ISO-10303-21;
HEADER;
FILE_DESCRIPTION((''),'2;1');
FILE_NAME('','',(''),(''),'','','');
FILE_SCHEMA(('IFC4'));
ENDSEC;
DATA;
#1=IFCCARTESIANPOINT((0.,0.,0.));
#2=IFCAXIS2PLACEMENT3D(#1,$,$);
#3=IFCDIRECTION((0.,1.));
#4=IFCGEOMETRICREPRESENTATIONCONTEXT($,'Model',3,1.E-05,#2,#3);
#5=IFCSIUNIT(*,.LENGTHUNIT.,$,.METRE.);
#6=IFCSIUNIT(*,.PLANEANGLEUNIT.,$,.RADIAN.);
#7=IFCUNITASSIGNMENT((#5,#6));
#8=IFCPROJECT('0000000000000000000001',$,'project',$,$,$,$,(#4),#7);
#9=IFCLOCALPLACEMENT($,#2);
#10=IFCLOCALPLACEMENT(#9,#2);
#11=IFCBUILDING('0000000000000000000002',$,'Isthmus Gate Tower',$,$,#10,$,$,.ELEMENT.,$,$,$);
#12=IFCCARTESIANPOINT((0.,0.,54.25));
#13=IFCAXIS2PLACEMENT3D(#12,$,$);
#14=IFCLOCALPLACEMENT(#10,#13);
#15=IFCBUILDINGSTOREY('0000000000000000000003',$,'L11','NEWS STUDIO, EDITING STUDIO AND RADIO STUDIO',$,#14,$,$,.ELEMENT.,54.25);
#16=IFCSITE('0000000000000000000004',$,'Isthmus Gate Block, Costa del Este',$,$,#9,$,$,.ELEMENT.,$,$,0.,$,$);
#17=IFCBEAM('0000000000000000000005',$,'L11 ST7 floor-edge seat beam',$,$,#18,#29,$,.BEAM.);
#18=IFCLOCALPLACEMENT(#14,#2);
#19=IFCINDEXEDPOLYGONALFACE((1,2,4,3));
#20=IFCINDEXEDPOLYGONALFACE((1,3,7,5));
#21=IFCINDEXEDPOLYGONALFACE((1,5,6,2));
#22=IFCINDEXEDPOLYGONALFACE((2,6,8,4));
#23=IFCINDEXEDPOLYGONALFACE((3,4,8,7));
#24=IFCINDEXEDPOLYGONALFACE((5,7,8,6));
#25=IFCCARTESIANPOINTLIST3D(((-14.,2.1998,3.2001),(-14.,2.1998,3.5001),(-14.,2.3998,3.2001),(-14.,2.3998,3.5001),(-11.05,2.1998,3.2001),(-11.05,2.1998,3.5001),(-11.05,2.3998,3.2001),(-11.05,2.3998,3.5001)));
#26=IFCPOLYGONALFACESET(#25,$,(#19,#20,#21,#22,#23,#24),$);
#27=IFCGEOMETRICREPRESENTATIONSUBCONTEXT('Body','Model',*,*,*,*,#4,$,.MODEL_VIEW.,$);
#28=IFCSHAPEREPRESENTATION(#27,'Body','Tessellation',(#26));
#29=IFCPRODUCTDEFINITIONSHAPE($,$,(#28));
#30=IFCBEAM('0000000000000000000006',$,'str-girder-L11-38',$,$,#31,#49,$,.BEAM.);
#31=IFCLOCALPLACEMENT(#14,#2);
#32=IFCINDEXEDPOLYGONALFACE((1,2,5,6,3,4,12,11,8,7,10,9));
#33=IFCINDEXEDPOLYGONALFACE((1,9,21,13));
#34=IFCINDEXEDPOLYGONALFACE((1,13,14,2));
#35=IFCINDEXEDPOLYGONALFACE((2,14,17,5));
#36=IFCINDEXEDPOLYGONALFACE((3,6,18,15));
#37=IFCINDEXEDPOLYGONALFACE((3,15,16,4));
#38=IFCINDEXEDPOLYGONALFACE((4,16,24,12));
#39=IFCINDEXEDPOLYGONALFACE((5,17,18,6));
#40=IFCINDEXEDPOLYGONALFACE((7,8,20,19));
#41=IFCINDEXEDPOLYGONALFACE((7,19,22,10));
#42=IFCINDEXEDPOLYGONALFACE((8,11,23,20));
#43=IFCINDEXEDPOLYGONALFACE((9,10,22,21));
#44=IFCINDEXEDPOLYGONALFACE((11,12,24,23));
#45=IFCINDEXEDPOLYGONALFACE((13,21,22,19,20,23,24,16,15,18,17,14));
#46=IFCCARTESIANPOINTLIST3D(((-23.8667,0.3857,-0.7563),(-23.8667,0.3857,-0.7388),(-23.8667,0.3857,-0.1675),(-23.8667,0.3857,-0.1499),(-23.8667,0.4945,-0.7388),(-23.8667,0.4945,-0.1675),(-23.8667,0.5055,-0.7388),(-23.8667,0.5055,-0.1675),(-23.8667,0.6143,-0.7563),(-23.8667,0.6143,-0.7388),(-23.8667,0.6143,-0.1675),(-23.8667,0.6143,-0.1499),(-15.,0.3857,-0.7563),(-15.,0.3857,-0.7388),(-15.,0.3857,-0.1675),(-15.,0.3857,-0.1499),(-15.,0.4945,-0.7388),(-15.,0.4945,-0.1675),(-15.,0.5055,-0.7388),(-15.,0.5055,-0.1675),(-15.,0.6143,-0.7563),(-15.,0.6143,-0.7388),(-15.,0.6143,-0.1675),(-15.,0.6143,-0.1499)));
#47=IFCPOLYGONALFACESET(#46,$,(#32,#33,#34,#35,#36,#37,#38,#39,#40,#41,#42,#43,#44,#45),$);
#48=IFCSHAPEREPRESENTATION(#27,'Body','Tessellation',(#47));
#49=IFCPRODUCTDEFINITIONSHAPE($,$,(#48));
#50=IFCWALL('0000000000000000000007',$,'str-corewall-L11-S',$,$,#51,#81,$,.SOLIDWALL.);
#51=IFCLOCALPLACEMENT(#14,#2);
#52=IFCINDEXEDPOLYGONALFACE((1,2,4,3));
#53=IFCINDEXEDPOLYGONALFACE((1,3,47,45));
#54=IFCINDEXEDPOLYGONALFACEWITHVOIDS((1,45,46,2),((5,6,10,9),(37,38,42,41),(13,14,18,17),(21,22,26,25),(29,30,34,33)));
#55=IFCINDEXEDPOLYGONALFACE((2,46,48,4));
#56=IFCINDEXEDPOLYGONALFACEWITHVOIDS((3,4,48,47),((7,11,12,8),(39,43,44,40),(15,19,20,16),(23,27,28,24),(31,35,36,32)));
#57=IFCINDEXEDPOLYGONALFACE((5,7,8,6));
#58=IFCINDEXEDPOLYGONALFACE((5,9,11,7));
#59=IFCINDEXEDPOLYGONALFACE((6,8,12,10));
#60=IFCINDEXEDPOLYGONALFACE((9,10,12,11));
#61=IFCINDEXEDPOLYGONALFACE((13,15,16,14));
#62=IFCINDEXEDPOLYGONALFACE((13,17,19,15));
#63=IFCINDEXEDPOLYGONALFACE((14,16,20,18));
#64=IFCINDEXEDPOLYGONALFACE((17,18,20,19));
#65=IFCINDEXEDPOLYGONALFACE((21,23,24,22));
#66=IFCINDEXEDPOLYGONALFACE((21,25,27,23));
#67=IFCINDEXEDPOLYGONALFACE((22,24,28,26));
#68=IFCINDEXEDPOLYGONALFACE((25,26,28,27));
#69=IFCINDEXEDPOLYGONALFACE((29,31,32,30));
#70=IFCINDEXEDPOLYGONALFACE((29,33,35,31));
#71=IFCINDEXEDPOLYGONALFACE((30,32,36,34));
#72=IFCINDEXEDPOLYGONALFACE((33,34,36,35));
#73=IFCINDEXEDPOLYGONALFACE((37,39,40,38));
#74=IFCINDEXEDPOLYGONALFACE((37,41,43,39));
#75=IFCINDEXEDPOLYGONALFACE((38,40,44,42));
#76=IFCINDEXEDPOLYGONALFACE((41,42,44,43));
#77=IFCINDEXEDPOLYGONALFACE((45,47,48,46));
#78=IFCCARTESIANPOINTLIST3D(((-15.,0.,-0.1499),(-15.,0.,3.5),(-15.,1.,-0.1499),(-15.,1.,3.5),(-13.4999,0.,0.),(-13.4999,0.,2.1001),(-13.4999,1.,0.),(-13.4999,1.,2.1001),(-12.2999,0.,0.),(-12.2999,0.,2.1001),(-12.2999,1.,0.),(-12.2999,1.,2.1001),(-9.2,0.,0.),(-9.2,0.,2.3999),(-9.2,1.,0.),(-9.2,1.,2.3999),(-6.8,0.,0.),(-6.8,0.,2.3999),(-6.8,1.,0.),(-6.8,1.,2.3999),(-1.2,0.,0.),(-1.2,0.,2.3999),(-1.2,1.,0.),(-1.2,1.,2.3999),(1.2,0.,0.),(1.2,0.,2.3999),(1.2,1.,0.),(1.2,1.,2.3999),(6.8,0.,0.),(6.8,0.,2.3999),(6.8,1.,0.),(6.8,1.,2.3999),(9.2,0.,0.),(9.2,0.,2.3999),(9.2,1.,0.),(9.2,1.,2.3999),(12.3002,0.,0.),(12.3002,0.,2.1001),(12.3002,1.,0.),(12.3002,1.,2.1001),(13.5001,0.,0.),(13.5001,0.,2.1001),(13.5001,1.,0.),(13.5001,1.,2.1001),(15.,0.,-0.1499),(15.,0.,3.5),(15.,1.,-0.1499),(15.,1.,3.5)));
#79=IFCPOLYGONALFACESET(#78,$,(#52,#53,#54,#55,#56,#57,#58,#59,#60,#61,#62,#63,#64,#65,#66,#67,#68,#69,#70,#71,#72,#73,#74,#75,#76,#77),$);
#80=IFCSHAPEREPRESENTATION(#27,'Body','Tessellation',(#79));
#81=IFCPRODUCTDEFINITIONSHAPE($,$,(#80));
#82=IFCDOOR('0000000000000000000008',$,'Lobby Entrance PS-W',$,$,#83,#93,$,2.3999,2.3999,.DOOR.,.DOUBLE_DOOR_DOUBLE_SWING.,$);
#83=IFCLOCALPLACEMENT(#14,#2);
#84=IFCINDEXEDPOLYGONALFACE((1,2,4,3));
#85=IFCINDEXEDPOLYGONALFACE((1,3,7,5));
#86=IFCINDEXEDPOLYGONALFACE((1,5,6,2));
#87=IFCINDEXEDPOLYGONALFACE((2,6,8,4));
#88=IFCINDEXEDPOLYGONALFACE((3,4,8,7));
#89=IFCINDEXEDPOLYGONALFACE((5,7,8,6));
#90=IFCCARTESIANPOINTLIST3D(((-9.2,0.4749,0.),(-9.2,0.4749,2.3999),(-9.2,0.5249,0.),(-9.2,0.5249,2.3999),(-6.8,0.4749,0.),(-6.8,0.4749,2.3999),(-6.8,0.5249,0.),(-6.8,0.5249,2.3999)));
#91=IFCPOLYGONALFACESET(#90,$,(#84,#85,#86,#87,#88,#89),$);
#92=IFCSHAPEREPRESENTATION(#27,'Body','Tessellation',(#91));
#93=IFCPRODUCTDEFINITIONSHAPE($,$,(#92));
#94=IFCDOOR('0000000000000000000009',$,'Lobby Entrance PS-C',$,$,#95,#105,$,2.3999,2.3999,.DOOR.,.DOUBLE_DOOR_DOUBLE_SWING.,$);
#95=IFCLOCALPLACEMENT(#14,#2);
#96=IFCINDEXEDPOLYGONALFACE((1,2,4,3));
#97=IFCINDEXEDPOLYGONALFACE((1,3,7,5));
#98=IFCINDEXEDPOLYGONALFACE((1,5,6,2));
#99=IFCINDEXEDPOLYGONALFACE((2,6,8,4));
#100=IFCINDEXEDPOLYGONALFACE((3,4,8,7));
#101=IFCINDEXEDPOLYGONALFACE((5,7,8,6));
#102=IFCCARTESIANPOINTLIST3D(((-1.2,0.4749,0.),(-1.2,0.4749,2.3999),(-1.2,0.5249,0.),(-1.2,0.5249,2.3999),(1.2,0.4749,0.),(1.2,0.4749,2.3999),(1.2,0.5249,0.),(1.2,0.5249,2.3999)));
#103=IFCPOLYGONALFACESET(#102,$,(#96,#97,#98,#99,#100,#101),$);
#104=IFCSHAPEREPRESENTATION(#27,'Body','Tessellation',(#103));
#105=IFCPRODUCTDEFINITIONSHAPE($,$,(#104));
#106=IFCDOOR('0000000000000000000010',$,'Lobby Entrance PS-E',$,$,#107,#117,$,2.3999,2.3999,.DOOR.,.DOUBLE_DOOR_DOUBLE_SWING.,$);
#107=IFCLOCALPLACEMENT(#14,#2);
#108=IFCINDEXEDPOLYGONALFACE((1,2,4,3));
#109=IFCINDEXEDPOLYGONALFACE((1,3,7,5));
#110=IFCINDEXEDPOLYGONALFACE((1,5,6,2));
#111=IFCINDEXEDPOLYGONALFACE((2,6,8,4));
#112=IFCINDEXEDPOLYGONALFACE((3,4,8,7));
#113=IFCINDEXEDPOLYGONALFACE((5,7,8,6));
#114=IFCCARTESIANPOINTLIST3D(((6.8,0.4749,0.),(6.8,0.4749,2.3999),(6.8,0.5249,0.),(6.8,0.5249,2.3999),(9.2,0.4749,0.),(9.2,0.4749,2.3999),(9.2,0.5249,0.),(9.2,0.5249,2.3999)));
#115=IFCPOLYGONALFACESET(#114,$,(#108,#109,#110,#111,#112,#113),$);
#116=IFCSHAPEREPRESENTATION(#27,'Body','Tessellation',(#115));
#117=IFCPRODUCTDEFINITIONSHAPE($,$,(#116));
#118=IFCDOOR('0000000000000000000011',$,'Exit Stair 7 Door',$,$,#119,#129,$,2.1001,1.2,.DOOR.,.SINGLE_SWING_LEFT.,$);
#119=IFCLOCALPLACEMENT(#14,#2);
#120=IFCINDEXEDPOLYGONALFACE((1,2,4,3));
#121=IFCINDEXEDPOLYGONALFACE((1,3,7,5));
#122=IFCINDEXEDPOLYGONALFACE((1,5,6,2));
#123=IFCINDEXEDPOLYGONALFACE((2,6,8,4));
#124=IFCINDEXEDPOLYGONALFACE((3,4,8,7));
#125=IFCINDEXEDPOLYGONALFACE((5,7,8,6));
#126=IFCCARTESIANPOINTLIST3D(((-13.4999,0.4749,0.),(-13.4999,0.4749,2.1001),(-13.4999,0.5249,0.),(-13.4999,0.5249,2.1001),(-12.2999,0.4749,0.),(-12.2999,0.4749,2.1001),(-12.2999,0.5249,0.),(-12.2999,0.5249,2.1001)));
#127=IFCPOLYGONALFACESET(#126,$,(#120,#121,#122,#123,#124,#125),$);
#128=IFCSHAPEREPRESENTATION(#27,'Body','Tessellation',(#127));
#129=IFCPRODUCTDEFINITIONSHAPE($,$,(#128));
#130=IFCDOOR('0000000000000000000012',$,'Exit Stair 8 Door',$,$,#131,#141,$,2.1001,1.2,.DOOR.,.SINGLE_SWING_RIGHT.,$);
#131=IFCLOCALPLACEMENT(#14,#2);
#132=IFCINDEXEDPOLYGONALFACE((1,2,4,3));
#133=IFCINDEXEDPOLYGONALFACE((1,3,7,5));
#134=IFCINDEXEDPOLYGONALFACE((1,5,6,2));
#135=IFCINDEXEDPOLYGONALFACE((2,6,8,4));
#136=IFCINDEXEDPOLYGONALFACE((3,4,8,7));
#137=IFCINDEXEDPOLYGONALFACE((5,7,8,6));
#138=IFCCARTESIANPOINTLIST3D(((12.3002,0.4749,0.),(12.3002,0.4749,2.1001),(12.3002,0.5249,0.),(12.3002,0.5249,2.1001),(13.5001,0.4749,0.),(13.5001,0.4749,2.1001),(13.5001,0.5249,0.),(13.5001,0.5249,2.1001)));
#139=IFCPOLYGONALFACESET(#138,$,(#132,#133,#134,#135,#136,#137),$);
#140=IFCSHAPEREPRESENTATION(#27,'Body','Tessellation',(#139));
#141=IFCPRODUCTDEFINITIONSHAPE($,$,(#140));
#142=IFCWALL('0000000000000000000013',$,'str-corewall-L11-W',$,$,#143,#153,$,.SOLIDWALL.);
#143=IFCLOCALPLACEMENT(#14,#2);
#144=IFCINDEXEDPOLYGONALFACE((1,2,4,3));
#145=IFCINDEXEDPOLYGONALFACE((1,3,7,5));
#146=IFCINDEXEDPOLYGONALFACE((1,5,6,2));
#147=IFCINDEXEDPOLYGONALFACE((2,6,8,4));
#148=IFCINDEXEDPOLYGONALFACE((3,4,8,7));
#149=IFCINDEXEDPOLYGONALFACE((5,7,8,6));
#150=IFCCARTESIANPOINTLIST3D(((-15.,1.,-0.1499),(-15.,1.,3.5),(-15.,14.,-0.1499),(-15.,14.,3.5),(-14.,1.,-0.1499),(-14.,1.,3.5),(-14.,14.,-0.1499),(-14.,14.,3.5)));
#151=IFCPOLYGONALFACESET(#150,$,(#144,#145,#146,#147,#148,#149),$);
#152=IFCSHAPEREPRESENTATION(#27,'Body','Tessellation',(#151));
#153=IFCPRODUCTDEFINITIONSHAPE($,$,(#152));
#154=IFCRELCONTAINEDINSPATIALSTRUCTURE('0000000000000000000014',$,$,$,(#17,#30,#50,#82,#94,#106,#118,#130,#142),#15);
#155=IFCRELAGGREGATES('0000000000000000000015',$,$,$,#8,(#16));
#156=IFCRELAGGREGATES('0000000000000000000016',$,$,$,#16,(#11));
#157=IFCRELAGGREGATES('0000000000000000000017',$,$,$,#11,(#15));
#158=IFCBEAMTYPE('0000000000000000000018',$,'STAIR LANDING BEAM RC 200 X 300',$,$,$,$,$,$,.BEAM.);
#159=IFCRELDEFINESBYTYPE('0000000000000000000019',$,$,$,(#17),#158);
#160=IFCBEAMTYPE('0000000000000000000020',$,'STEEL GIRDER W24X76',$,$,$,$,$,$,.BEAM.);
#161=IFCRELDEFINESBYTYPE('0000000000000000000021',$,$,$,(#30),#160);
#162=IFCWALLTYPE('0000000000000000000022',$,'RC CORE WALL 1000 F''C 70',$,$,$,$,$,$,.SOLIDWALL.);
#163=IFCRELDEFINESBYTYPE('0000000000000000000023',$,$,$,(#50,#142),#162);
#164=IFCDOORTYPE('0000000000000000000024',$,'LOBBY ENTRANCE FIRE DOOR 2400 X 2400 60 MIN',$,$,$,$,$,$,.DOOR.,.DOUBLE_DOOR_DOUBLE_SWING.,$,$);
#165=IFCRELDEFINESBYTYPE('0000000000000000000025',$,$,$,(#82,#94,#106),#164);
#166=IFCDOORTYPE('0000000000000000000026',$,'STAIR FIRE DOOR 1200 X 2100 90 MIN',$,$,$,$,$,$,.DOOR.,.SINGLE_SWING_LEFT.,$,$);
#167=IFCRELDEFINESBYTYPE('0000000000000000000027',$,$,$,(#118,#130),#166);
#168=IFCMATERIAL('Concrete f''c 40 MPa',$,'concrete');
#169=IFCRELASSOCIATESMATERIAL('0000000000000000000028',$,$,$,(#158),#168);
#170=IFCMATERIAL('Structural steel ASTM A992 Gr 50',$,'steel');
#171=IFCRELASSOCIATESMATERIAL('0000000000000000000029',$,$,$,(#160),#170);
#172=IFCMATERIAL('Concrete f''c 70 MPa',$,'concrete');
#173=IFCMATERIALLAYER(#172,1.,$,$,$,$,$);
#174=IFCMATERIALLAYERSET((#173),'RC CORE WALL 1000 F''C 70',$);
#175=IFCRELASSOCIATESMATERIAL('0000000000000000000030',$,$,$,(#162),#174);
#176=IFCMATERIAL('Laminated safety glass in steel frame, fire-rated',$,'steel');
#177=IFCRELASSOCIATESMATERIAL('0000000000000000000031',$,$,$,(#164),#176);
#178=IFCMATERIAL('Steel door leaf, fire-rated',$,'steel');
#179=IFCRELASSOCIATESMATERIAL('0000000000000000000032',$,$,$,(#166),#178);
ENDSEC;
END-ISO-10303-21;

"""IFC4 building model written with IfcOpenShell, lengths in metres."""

from ifc_helpers import new_model, si_unit, direction, frame, frame_2d, origin, origin_2d, place, context, subcontext, project, spatial, rectangle, i_section, extrude, material, layer, layer_set, material_profile, profile_set, type_object, element, fill, save


model = new_model("IFC4")

# Units and contexts
model_context = context("Model", 3, precision=1e-05, world=origin(), true_north=direction((0.0, 1.0)))
body_context = subcontext(model_context, "Body", "Model", "MODEL_VIEW")
ifc_project = project(units=[si_unit("LENGTHUNIT", "METRE"), si_unit("PLANEANGLEUNIT", "RADIAN")], contexts=[model_context])

# Site, building, storey
site_placement = place(None, origin())
site = spatial("IfcSite", under=ifc_project, at=site_placement, Name="Isthmus Gate Block, Costa del Este", CompositionType="ELEMENT", RefElevation=0.0)
building_placement = place(site_placement, origin())
building = spatial("IfcBuilding", under=site, at=building_placement, Name="Isthmus Gate Tower", CompositionType="ELEMENT")
storey_placement = place(building_placement, frame((0.0, 0.0, 54.25)))
storey = spatial("IfcBuildingStorey", under=building, at=storey_placement, Name="L11", Description="NEWS STUDIO, EDITING STUDIO AND RADIO STUDIO", CompositionType="ELEMENT", Elevation=54.25)

# Beams
ifc_material_1 = material(Name="Concrete f'c 40 MPa", Category="concrete")
ifc_material_profile_1 = material_profile(ifc_material_1, rectangle(XDim=0.2, YDim=0.3, at=origin_2d()), Name="STAIR LANDING BEAM RC 200 X 300")
ifc_profile_set_1 = profile_set([ifc_material_profile_1], Name="Concrete f'c 40 MPa")
beam_type_1 = type_object("IfcBeamType", Name="STAIR LANDING BEAM RC 200 X 300", PredefinedType="BEAM", material=ifc_profile_set_1)
beam_1_placement = place(storey_placement, frame((-14.0, 2.2998, 3.3501), z_axis=(1.0, 0.0, 0.0), x_axis=(0.0, 1.0, 0.0)))
element("IfcBeam", 1, at=beam_1_placement, inside=storey, type_object=beam_type_1, Name="L11 ST7 floor-edge seat beam", PredefinedType="BEAM", context=body_context, shape_type="SweptSolid", body=[
    extrude(rectangle(XDim=0.2, YDim=0.3, at=origin_2d()), origin(), (0.0, 0.0, 1.0), 2.95),
])
ifc_material_2 = material(Name="Structural steel ASTM A992 Gr 50", Category="steel")
ifc_material_profile_2 = material_profile(ifc_material_2, i_section(OverallWidth=0.2285, OverallDepth=0.6064, WebThickness=0.011, FlangeThickness=0.0176, at=origin_2d()), Name="W24X76")
ifc_profile_set_2 = profile_set([ifc_material_profile_2], Name="Structural steel ASTM A992 Gr 50")
beam_type_2 = type_object("IfcBeamType", Name="STEEL GIRDER W24X76", PredefinedType="BEAM", material=ifc_profile_set_2)
beam_2_placement = place(storey_placement, frame((-15.0, 0.5, -0.4531), z_axis=(-1.0, 0.0, 0.0), x_axis=(0.0, -1.0, 0.0)))
element("IfcBeam", 2, at=beam_2_placement, inside=storey, type_object=beam_type_2, Name="str-girder-L11-38", PredefinedType="BEAM", context=body_context, shape_type="SweptSolid", body=[
    extrude(i_section(OverallWidth=0.2285, OverallDepth=0.6064, WebThickness=0.011, FlangeThickness=0.0176, at=origin_2d()), origin(), (0.0, 0.0, 1.0), 8.8667),
])

# Wall, openings, doors
ifc_material_3 = material(Name="Concrete f'c 70 MPa", Category="concrete")
ifc_layer = layer(ifc_material_3, 1.0)
ifc_layer_set = layer_set([ifc_layer], Name="RC CORE WALL 1000 F'C 70")
wall_type = type_object("IfcWallType", Name="RC CORE WALL 1000 F'C 70", PredefinedType="SOLIDWALL", material=ifc_layer_set)
wall_1_placement = place(storey_placement, frame((-15.0, 0.5, -0.1499), z_axis=(0.0, 0.0, 1.0), x_axis=(1.0, 0.0, 0.0)))
wall_1 = element("IfcWall", 3, at=wall_1_placement, inside=storey, type_object=wall_type, Name="str-corewall-L11-S", PredefinedType="SOLIDWALL", context=body_context, shape_type="SweptSolid", body=[
    extrude(rectangle(XDim=30.0, YDim=1.0, at=frame_2d((15.0, 0.0))), origin(), (0.0, 0.0, 1.0), 3.6499),
])
opening_1_placement = place(wall_1_placement, frame((5.8, 0.0, 0.1499)))
opening_1 = element("IfcOpeningElement", 4, at=opening_1_placement, cuts=wall_1, PredefinedType="OPENING", context=body_context, shape_type="SweptSolid", body=[
    extrude(rectangle(XDim=2.3999, YDim=2.3999, at=frame_2d((1.2, 1.2))), frame((0.0, 0.51, 0.0), z_axis=(0.0, -1.0, 0.0), x_axis=(1.0, 0.0, 0.0)), (0.0, 0.0, 1.0), 1.02),
])
opening_2_placement = place(wall_1_placement, frame((13.8, 0.0, 0.1499)))
opening_2 = element("IfcOpeningElement", 5, at=opening_2_placement, cuts=wall_1, PredefinedType="OPENING", context=body_context, shape_type="SweptSolid", body=[
    extrude(rectangle(XDim=2.3999, YDim=2.3999, at=frame_2d((1.2, 1.2))), frame((0.0, 0.51, 0.0), z_axis=(0.0, -1.0, 0.0), x_axis=(1.0, 0.0, 0.0)), (0.0, 0.0, 1.0), 1.02),
])
opening_3_placement = place(wall_1_placement, frame((21.8, 0.0, 0.1499)))
opening_3 = element("IfcOpeningElement", 6, at=opening_3_placement, cuts=wall_1, PredefinedType="OPENING", context=body_context, shape_type="SweptSolid", body=[
    extrude(rectangle(XDim=2.3999, YDim=2.3999, at=frame_2d((1.2, 1.2))), frame((0.0, 0.51, 0.0), z_axis=(0.0, -1.0, 0.0), x_axis=(1.0, 0.0, 0.0)), (0.0, 0.0, 1.0), 1.02),
])
opening_4_placement = place(wall_1_placement, frame((1.5, 0.0, 0.1499)))
opening_4 = element("IfcOpeningElement", 7, at=opening_4_placement, cuts=wall_1, PredefinedType="OPENING", context=body_context, shape_type="SweptSolid", body=[
    extrude(rectangle(XDim=1.2, YDim=2.1001, at=frame_2d((0.6001, 1.05))), frame((0.0, 0.51, 0.0), z_axis=(0.0, -1.0, 0.0), x_axis=(1.0, 0.0, 0.0)), (0.0, 0.0, 1.0), 1.02),
])
opening_5_placement = place(wall_1_placement, frame((27.3, 0.0, 0.1499)))
opening_5 = element("IfcOpeningElement", 8, at=opening_5_placement, cuts=wall_1, PredefinedType="OPENING", context=body_context, shape_type="SweptSolid", body=[
    extrude(rectangle(XDim=1.2, YDim=2.1001, at=frame_2d((0.6001, 1.05))), frame((0.0, 0.51, 0.0), z_axis=(0.0, -1.0, 0.0), x_axis=(1.0, 0.0, 0.0)), (0.0, 0.0, 1.0), 1.02),
])
ifc_material_4 = material(Name="Laminated safety glass in steel frame, fire-rated", Category="steel")
door_type_1 = type_object("IfcDoorType", Name="LOBBY ENTRANCE FIRE DOOR 2400 X 2400 60 MIN", OperationType="DOUBLE_DOOR_DOUBLE_SWING", PredefinedType="DOOR", material=ifc_material_4)
door_1_placement = place(opening_1_placement, origin())
door_1 = element("IfcDoor", 9, at=door_1_placement, inside=storey, type_object=door_type_1, Name="Lobby Entrance PS-W", OperationType="DOUBLE_DOOR_DOUBLE_SWING", OverallHeight=2.3999, OverallWidth=2.3999, PredefinedType="DOOR", context=body_context, shape_type="SweptSolid", body=[
    extrude(rectangle(XDim=2.3999, YDim=2.3999, at=frame_2d((1.2, 1.2))), frame((0.0, 0.0249, 0.0), z_axis=(0.0, -1.0, 0.0), x_axis=(1.0, 0.0, 0.0)), (0.0, 0.0, 1.0), 0.05),
])
fill(opening_1, door_1)
door_2_placement = place(opening_2_placement, origin())
door_2 = element("IfcDoor", 10, at=door_2_placement, inside=storey, type_object=door_type_1, Name="Lobby Entrance PS-C", OperationType="DOUBLE_DOOR_DOUBLE_SWING", OverallHeight=2.3999, OverallWidth=2.3999, PredefinedType="DOOR", context=body_context, shape_type="SweptSolid", body=[
    extrude(rectangle(XDim=2.3999, YDim=2.3999, at=frame_2d((1.2, 1.2))), frame((0.0, 0.0249, 0.0), z_axis=(0.0, -1.0, 0.0), x_axis=(1.0, 0.0, 0.0)), (0.0, 0.0, 1.0), 0.05),
])
fill(opening_2, door_2)
door_3_placement = place(opening_3_placement, origin())
door_3 = element("IfcDoor", 11, at=door_3_placement, inside=storey, type_object=door_type_1, Name="Lobby Entrance PS-E", OperationType="DOUBLE_DOOR_DOUBLE_SWING", OverallHeight=2.3999, OverallWidth=2.3999, PredefinedType="DOOR", context=body_context, shape_type="SweptSolid", body=[
    extrude(rectangle(XDim=2.3999, YDim=2.3999, at=frame_2d((1.2, 1.2))), frame((0.0, 0.0249, 0.0), z_axis=(0.0, -1.0, 0.0), x_axis=(1.0, 0.0, 0.0)), (0.0, 0.0, 1.0), 0.05),
])
fill(opening_3, door_3)
ifc_material_5 = material(Name="Steel door leaf, fire-rated", Category="steel")
door_type_2 = type_object("IfcDoorType", Name="STAIR FIRE DOOR 1200 X 2100 90 MIN", OperationType="SINGLE_SWING_LEFT", PredefinedType="DOOR", material=ifc_material_5)
door_4_placement = place(opening_4_placement, origin())
door_4 = element("IfcDoor", 12, at=door_4_placement, inside=storey, type_object=door_type_2, Name="Exit Stair 7 Door", OperationType="SINGLE_SWING_LEFT", OverallHeight=2.1001, OverallWidth=1.2, PredefinedType="DOOR", context=body_context, shape_type="SweptSolid", body=[
    extrude(rectangle(XDim=1.2, YDim=2.1001, at=frame_2d((0.6001, 1.05))), frame((0.0, 0.0249, 0.0), z_axis=(0.0, -1.0, 0.0), x_axis=(1.0, 0.0, 0.0)), (0.0, 0.0, 1.0), 0.05),
])
fill(opening_4, door_4)
door_5_placement = place(opening_5_placement, origin())
door_5 = element("IfcDoor", 13, at=door_5_placement, inside=storey, type_object=door_type_2, Name="Exit Stair 8 Door", OperationType="SINGLE_SWING_RIGHT", OverallHeight=2.1001, OverallWidth=1.2, PredefinedType="DOOR", context=body_context, shape_type="SweptSolid", body=[
    extrude(rectangle(XDim=1.2, YDim=2.1001, at=frame_2d((0.6001, 1.05))), frame((0.0, 0.0249, 0.0), z_axis=(0.0, -1.0, 0.0), x_axis=(1.0, 0.0, 0.0)), (0.0, 0.0, 1.0), 0.05),
])
fill(opening_5, door_5)

# Wall
wall_2_placement = place(storey_placement, frame((-14.5, 1.0, -0.1499), z_axis=(0.0, 0.0, 1.0), x_axis=(0.0, 1.0, 0.0)))
element("IfcWall", 14, at=wall_2_placement, inside=storey, type_object=wall_type, Name="str-corewall-L11-W", PredefinedType="SOLIDWALL", context=body_context, shape_type="SweptSolid", body=[
    extrude(rectangle(XDim=13.0, YDim=1.0, at=frame_2d((6.5, 0.0))), origin(), (0.0, 0.0, 1.0), 3.6499),
])

save(model, "model.ifc")
